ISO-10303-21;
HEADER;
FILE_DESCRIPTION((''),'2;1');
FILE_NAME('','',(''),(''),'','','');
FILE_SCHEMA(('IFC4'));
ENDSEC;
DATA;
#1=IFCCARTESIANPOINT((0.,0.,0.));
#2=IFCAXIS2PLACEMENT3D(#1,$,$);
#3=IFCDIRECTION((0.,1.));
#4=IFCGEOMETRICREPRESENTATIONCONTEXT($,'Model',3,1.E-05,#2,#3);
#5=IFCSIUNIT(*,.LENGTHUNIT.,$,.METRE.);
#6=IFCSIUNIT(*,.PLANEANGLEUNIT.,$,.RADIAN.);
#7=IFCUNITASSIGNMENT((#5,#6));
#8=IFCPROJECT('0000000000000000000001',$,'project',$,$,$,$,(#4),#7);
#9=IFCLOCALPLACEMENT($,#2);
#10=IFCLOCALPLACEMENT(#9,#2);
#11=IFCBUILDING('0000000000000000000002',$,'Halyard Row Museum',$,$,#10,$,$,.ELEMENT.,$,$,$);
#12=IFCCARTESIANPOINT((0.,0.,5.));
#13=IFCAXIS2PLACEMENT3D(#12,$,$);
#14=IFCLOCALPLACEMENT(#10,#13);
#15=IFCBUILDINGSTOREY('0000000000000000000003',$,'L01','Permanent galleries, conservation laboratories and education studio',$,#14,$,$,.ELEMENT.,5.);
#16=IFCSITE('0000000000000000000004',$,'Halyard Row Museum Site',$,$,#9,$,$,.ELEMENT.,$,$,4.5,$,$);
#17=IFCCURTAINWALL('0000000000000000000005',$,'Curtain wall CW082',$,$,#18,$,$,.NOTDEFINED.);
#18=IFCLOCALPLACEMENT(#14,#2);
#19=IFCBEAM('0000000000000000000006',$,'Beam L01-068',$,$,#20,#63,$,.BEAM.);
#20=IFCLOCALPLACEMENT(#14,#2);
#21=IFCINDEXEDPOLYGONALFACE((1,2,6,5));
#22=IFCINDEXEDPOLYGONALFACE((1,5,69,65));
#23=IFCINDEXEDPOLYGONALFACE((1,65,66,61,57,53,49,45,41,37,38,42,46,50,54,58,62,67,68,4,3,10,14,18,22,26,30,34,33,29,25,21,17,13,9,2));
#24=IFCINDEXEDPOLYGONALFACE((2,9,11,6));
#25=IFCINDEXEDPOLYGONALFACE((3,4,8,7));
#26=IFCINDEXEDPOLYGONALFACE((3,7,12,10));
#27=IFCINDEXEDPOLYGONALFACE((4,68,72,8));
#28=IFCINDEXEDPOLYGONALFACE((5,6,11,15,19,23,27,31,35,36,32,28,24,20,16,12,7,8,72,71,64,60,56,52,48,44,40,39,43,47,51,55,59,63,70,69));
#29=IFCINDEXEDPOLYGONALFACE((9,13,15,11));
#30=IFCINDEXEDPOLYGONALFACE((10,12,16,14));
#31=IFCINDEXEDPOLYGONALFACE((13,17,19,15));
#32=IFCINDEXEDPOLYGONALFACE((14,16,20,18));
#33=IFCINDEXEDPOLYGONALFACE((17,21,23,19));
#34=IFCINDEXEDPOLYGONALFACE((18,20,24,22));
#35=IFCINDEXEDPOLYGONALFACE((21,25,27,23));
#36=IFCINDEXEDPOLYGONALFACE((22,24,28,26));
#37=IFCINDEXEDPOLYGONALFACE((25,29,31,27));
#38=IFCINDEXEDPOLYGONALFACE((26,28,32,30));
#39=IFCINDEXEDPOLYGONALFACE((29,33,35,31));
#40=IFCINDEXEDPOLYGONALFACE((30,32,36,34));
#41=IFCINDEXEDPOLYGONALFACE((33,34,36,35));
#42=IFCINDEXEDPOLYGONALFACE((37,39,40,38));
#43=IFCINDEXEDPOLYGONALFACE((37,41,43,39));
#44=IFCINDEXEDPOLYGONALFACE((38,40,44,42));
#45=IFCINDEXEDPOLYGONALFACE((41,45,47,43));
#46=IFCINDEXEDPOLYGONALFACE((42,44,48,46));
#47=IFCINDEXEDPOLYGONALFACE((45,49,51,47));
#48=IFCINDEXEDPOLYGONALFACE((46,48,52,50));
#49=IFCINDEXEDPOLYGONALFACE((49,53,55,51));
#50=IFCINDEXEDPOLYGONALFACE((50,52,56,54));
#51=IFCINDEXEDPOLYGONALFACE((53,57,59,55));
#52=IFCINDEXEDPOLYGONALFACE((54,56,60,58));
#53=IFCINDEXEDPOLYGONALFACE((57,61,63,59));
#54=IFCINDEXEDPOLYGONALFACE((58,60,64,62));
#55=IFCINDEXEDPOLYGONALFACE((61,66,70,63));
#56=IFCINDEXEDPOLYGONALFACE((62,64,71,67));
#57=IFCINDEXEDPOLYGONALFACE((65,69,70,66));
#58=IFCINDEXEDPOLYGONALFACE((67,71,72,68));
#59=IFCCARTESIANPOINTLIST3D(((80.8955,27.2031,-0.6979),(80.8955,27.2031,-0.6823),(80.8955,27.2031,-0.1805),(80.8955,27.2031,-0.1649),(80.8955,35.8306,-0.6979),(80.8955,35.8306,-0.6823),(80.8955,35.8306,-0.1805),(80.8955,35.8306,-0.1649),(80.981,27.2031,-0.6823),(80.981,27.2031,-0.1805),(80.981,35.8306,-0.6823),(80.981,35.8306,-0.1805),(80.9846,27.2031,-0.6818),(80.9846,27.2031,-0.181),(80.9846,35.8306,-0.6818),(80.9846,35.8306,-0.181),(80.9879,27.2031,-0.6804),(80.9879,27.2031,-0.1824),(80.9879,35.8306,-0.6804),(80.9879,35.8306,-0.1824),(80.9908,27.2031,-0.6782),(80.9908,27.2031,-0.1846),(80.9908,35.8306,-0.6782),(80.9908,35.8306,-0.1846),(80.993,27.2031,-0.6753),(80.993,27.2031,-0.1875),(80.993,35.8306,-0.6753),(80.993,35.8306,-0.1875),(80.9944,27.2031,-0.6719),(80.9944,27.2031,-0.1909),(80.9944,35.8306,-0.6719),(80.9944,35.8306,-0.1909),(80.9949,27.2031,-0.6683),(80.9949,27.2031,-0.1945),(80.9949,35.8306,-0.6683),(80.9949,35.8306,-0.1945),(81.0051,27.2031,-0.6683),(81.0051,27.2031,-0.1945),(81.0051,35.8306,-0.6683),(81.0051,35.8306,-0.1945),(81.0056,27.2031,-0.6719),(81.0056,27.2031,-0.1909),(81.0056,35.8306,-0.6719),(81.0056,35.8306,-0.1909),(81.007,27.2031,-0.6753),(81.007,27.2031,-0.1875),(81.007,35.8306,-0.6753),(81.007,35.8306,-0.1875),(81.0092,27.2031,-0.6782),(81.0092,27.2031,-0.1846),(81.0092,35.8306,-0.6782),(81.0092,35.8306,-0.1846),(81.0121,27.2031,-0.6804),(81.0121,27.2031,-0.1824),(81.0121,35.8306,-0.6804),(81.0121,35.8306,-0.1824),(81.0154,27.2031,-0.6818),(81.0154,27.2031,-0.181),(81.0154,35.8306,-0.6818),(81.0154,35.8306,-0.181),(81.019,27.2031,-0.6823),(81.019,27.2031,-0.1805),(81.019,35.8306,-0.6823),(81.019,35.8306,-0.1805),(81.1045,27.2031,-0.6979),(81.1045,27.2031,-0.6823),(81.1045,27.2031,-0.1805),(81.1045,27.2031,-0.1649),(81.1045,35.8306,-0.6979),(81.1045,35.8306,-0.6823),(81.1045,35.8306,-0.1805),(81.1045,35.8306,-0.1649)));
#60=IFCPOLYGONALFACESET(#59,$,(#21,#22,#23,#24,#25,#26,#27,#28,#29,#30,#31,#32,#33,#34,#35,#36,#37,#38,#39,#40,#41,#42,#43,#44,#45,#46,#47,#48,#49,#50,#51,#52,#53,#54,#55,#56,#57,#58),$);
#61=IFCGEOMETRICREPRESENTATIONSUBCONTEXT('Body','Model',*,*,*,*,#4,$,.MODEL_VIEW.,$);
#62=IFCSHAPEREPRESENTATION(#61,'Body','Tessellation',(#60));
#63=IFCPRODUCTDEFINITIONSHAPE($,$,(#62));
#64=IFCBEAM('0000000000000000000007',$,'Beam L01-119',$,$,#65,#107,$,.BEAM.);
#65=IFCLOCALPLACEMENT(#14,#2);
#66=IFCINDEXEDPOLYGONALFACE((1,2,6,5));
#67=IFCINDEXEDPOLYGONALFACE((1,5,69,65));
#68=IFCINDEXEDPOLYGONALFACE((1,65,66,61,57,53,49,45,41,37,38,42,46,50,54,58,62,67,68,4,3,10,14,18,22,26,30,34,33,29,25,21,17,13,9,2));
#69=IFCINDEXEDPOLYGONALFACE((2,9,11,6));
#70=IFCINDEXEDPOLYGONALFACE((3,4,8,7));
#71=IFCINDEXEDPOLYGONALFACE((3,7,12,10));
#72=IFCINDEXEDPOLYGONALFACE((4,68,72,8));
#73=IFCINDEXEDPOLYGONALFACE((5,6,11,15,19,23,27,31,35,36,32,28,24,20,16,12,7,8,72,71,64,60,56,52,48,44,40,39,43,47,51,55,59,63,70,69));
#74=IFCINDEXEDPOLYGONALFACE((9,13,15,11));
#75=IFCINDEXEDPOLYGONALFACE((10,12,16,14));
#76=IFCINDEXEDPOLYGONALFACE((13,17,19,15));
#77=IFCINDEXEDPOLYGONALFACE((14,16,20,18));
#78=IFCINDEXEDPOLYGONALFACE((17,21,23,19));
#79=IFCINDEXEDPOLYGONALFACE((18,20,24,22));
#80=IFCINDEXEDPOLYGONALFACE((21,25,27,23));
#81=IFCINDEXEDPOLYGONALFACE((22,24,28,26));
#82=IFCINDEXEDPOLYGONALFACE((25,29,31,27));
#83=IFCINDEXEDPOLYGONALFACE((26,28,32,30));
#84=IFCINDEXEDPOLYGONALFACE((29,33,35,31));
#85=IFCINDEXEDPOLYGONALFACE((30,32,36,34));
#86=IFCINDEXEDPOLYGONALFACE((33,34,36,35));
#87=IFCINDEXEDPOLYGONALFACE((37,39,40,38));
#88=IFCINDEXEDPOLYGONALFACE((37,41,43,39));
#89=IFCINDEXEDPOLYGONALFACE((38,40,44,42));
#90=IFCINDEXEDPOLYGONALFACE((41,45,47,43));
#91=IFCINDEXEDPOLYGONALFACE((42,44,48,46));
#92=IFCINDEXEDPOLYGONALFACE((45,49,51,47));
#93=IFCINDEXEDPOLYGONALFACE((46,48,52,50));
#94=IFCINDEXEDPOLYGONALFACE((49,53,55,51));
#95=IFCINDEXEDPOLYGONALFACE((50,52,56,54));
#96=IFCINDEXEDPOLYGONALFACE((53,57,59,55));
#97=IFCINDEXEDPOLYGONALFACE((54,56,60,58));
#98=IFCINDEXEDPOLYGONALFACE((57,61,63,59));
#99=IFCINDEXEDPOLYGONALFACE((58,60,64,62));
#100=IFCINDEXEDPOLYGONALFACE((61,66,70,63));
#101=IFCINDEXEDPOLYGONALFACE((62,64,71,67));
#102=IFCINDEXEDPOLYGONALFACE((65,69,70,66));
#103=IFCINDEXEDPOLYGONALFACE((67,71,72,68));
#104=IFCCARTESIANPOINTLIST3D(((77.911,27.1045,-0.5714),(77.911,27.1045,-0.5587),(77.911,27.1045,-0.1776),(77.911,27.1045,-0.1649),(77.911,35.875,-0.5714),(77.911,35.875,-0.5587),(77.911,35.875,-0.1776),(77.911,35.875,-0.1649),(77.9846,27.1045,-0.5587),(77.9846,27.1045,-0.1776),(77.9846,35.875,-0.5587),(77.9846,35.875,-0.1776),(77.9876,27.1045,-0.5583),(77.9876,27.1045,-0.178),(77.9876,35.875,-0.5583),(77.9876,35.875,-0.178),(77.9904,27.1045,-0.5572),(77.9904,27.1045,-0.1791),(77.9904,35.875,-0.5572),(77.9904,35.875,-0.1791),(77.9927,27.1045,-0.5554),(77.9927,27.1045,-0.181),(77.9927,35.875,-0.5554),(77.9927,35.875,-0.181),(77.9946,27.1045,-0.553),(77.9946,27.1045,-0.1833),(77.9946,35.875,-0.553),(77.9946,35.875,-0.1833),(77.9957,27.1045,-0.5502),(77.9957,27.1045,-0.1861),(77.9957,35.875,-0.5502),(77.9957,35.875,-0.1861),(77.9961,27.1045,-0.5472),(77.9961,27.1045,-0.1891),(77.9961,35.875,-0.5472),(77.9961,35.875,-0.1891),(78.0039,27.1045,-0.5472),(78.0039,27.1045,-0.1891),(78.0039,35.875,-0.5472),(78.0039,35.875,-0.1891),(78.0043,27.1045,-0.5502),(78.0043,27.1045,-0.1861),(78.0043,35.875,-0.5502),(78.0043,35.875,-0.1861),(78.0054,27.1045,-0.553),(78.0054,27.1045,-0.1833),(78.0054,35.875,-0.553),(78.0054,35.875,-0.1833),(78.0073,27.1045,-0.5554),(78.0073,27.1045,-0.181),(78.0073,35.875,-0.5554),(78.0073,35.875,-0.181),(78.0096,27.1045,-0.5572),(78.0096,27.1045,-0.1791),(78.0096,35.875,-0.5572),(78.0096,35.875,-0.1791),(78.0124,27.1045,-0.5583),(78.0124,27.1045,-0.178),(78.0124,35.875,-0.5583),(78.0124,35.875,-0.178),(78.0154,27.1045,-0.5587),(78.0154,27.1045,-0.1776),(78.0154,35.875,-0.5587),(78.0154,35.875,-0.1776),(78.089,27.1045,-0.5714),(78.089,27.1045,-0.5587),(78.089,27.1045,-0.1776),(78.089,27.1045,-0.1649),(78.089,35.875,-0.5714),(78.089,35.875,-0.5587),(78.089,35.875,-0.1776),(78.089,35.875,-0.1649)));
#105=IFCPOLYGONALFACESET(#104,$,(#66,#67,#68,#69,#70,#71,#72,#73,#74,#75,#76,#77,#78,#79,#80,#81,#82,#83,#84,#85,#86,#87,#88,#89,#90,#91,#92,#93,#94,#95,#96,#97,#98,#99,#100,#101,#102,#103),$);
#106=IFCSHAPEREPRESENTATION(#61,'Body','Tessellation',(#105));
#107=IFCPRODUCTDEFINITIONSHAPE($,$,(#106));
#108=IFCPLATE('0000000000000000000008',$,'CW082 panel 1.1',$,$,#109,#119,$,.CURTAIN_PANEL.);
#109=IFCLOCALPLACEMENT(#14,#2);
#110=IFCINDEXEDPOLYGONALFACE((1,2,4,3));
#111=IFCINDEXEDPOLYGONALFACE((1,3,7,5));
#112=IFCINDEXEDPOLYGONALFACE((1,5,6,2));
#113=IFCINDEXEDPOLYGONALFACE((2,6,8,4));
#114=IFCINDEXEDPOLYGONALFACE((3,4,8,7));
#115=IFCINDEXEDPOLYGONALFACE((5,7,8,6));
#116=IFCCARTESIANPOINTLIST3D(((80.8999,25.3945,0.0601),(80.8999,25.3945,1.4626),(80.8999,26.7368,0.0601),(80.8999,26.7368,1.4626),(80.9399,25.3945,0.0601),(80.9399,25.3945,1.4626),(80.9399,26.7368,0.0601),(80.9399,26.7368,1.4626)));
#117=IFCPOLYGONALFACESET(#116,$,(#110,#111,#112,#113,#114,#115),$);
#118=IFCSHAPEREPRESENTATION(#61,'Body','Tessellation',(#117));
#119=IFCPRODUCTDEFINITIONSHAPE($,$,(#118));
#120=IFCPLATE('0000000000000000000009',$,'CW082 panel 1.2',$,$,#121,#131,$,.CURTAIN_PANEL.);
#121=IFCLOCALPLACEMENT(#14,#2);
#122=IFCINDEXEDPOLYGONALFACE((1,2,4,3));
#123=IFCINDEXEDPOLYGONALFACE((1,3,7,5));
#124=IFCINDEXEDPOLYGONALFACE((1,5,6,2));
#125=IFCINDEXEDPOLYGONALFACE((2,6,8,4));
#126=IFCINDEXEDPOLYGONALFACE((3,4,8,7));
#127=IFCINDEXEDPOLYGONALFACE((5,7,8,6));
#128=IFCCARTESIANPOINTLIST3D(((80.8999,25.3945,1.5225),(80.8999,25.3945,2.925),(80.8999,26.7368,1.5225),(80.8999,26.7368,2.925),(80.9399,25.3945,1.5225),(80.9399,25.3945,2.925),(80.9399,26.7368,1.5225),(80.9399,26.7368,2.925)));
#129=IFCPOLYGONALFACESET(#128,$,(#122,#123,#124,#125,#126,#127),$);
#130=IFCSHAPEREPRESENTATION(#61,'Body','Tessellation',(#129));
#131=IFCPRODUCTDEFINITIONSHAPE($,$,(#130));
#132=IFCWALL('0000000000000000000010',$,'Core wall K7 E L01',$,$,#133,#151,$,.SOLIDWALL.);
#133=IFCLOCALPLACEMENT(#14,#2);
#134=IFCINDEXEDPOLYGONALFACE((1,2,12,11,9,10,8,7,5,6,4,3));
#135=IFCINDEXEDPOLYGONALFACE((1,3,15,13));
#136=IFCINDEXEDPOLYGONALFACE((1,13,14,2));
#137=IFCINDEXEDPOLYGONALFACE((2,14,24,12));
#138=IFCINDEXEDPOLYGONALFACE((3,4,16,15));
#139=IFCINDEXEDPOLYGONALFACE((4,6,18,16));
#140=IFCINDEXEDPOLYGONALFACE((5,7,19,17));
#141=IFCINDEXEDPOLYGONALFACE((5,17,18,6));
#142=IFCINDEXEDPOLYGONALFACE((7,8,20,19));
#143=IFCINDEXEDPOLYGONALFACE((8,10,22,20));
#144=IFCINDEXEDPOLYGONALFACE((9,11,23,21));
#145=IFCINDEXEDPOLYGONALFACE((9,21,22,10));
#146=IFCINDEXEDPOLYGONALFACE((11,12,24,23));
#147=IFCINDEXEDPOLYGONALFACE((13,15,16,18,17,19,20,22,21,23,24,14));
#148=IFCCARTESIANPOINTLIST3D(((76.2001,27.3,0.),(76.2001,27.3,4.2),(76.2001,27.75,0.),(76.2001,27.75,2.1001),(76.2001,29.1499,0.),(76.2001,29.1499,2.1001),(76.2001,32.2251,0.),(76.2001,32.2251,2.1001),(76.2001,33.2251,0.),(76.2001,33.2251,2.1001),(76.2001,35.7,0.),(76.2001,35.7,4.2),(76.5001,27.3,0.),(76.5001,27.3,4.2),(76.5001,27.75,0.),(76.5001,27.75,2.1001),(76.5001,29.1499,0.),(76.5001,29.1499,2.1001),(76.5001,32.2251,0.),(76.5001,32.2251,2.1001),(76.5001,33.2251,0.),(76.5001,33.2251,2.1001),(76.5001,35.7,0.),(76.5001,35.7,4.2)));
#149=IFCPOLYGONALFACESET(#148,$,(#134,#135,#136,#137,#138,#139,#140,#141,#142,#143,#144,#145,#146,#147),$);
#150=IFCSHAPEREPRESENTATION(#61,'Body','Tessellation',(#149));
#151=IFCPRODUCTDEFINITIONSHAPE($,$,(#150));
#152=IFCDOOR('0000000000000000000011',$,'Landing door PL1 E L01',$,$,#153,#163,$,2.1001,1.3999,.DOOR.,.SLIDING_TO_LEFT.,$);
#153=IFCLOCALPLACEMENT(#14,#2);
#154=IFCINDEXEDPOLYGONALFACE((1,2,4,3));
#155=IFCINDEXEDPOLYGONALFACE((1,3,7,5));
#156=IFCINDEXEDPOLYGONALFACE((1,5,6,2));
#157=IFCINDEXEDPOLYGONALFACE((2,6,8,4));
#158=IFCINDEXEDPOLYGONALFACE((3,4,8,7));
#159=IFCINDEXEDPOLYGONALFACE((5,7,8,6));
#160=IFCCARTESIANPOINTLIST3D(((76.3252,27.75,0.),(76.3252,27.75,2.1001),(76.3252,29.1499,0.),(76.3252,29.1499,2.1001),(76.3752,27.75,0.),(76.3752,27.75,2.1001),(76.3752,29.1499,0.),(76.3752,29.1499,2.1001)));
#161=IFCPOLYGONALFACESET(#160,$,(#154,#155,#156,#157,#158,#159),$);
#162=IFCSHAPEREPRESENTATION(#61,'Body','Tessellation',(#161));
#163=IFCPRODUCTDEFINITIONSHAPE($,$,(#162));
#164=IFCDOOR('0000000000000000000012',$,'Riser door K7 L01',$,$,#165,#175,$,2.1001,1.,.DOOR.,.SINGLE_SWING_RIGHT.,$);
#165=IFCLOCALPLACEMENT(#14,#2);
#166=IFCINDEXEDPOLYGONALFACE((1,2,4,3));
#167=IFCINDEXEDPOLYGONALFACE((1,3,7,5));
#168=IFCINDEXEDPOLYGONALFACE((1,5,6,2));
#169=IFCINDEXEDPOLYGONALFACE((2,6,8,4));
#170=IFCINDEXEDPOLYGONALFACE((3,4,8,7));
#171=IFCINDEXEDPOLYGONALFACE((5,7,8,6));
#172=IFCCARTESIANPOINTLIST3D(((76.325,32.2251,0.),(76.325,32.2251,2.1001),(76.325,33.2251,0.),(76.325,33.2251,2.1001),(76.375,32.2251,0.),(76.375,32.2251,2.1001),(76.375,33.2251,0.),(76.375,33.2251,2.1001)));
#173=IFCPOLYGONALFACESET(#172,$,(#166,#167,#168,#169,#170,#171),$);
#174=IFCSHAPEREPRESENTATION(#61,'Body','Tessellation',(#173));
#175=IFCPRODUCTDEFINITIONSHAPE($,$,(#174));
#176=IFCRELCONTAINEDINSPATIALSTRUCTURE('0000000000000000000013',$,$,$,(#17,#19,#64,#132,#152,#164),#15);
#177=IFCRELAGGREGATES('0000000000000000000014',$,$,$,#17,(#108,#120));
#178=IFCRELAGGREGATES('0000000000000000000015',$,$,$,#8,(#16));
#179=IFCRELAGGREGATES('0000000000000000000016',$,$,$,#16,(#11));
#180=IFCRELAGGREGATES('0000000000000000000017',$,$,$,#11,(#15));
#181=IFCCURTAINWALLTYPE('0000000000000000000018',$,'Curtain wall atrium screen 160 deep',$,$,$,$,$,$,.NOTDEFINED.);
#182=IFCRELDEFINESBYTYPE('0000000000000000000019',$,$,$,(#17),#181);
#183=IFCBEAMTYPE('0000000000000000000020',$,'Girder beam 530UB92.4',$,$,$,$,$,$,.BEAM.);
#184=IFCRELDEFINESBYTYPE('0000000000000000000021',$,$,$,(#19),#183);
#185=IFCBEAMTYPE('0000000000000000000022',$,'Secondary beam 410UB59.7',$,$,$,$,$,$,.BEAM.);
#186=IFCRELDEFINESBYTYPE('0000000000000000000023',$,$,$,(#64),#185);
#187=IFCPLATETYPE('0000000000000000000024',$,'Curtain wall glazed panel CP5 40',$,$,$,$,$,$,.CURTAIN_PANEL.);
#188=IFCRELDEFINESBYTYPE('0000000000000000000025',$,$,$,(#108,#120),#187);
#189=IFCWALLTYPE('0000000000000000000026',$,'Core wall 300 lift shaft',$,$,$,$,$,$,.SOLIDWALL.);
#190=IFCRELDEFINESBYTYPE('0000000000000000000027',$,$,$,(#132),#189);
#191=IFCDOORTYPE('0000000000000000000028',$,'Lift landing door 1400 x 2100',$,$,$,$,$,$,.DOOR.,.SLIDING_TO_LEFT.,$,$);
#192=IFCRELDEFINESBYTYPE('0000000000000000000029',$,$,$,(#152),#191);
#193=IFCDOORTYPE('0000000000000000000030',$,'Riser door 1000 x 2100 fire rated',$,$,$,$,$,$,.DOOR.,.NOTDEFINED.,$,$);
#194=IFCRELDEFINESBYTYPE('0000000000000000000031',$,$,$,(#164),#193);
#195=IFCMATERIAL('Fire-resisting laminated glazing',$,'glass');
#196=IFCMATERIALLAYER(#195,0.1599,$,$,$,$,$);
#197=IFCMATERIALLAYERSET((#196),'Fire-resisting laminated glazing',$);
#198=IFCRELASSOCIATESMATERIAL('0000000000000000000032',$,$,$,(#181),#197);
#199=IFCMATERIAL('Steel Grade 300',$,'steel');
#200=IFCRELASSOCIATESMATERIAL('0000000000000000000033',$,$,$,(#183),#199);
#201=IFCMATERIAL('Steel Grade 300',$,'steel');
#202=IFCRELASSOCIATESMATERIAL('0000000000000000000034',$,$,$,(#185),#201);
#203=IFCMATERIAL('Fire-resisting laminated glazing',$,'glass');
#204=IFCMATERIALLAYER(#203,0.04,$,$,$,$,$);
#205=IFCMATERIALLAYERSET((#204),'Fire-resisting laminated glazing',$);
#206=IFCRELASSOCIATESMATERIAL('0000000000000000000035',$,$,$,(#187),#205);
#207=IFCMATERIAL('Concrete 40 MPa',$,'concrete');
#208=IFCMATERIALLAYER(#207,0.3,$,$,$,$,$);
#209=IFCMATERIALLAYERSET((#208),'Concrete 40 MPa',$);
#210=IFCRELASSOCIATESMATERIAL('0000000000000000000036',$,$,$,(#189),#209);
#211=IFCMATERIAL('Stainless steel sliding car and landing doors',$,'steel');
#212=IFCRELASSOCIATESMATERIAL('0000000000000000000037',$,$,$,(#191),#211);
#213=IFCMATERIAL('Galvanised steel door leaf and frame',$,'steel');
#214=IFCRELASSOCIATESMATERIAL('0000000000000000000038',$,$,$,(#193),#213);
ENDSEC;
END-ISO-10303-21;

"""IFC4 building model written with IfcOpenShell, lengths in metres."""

from ifc_helpers import new_model, si_unit, direction, frame, frame_2d, origin, origin_2d, place, context, subcontext, project, spatial, rectangle, i_section, extrude, material, layer, layer_set, material_profile, profile_set, type_object, element, fill, aggregate, save


model = new_model("IFC4")

# Units and contexts
model_context = context("Model", 3, precision=1e-05, world=origin(), true_north=direction((0.0, 1.0)))
body_context = subcontext(model_context, "Body", "Model", "MODEL_VIEW")
ifc_project = project(units=[si_unit("LENGTHUNIT", "METRE"), si_unit("PLANEANGLEUNIT", "RADIAN")], contexts=[model_context])

# Site, building, storey
site_placement = place(None, origin())
site = spatial("IfcSite", under=ifc_project, at=site_placement, Name="Halyard Row Museum Site", CompositionType="ELEMENT", RefElevation=4.5)
building_placement = place(site_placement, origin())
building = spatial("IfcBuilding", under=site, at=building_placement, Name="Halyard Row Museum", CompositionType="ELEMENT")
storey_placement = place(building_placement, frame((0.0, 0.0, 5.0)))
storey = spatial("IfcBuildingStorey", under=building, at=storey_placement, Name="L01", Description="Permanent galleries, conservation laboratories and education studio", CompositionType="ELEMENT", Elevation=5.0)

# Curtain wall
ifc_material_1 = material(Name="Fire-resisting laminated glazing", Category="glass")
ifc_layer_1 = layer(ifc_material_1, 0.1599)
ifc_layer_set_1 = layer_set([ifc_layer_1], Name="Fire-resisting laminated glazing")
curtain_wall_type = type_object("IfcCurtainWallType", Name="Curtain wall atrium screen 160 deep", PredefinedType="NOTDEFINED", material=ifc_layer_set_1)
curtain_wall_1_placement = place(storey_placement, origin())
curtain_wall_1 = element("IfcCurtainWall", 1, at=curtain_wall_1_placement, inside=storey, type_object=curtain_wall_type, Name="Curtain wall CW082", PredefinedType="NOTDEFINED")

# Beams
ifc_material_2 = material(Name="Steel Grade 300", Category="steel")
ifc_material_profile_1 = material_profile(ifc_material_2, i_section(OverallWidth=0.209, OverallDepth=0.533, WebThickness=0.0103, FlangeThickness=0.0156, FilletRadius=0.0139, at=origin_2d()), Name="530UB92.4")
ifc_profile_set_1 = profile_set([ifc_material_profile_1], Name="Steel Grade 300")
beam_type_1 = type_object("IfcBeamType", Name="Girder beam 530UB92.4", PredefinedType="BEAM", material=ifc_profile_set_1)
beam_1_placement = place(storey_placement, frame((81.0, 27.2031, -0.4314), z_axis=(0.0, 1.0, 0.0), x_axis=(-1.0, 0.0, 0.0)))
element("IfcBeam", 2, at=beam_1_placement, inside=storey, type_object=beam_type_1, Name="Beam L01-068", PredefinedType="BEAM", context=body_context, shape_type="SweptSolid", body=[
    extrude(i_section(OverallWidth=0.209, OverallDepth=0.533, WebThickness=0.0103, FlangeThickness=0.0156, FilletRadius=0.0139, at=origin_2d()), origin(), (0.0, 0.0, 1.0), 8.6274),
])
ifc_material_3 = material(Name="Steel Grade 300", Category="steel")
ifc_material_profile_2 = material_profile(ifc_material_3, i_section(OverallWidth=0.178, OverallDepth=0.4065, WebThickness=0.0078, FlangeThickness=0.0127, FilletRadius=0.0115, at=origin_2d()), Name="410UB59.7")
ifc_profile_set_2 = profile_set([ifc_material_profile_2], Name="Steel Grade 300")
beam_type_2 = type_object("IfcBeamType", Name="Secondary beam 410UB59.7", PredefinedType="BEAM", material=ifc_profile_set_2)
beam_2_placement = place(storey_placement, frame((78.0, 27.1045, -0.3682), z_axis=(0.0, 1.0, 0.0), x_axis=(-1.0, 0.0, 0.0)))
element("IfcBeam", 3, at=beam_2_placement, inside=storey, type_object=beam_type_2, Name="Beam L01-119", PredefinedType="BEAM", context=body_context, shape_type="SweptSolid", body=[
    extrude(i_section(OverallWidth=0.178, OverallDepth=0.4065, WebThickness=0.0078, FlangeThickness=0.0127, FilletRadius=0.0115, at=origin_2d()), origin(), (0.0, 0.0, 1.0), 8.7705),
])

# Plates
ifc_material_4 = material(Name="Fire-resisting laminated glazing", Category="glass")
ifc_layer_2 = layer(ifc_material_4, 0.04)
ifc_layer_set_2 = layer_set([ifc_layer_2], Name="Fire-resisting laminated glazing")
plate_type = type_object("IfcPlateType", Name="Curtain wall glazed panel CP5 40", PredefinedType="CURTAIN_PANEL", material=ifc_layer_set_2)
plate_1_placement = place(storey_placement, frame((80.9199, 26.0657, 0.0601), z_axis=(0.0, 0.0, 1.0), x_axis=(0.0, -1.0, 0.0)))
plate_1 = element("IfcPlate", 4, at=plate_1_placement, type_object=plate_type, Name="CW082 panel 1.1", PredefinedType="CURTAIN_PANEL", context=body_context, shape_type="SweptSolid", body=[
    extrude(rectangle(XDim=1.3423, YDim=0.04, at=origin_2d()), origin(), (0.0, 0.0, 1.0), 1.4026),
])
plate_2_placement = place(storey_placement, frame((80.9199, 26.0657, 1.5225), z_axis=(0.0, 0.0, 1.0), x_axis=(0.0, -1.0, 0.0)))
plate_2 = element("IfcPlate", 5, at=plate_2_placement, type_object=plate_type, Name="CW082 panel 1.2", PredefinedType="CURTAIN_PANEL", context=body_context, shape_type="SweptSolid", body=[
    extrude(rectangle(XDim=1.3423, YDim=0.04, at=origin_2d()), origin(), (0.0, 0.0, 1.0), 1.4026),
])
aggregate(curtain_wall_1, [plate_1, plate_2])

# Wall, openings, doors
ifc_material_5 = material(Name="Concrete 40 MPa", Category="concrete")
ifc_layer_3 = layer(ifc_material_5, 0.3)
ifc_layer_set_3 = layer_set([ifc_layer_3], Name="Concrete 40 MPa")
wall_type_1 = type_object("IfcWallType", Name="Core wall 300 lift shaft", PredefinedType="SOLIDWALL", material=ifc_layer_set_3)
wall_1_placement = place(storey_placement, frame((76.3501, 27.3, 0.0), z_axis=(0.0, 0.0, 1.0), x_axis=(0.0, 1.0, 0.0)))
wall_1 = element("IfcWall", 6, at=wall_1_placement, inside=storey, type_object=wall_type_1, Name="Core wall K7 E L01", PredefinedType="SOLIDWALL", context=body_context, shape_type="SweptSolid", body=[
    extrude(rectangle(XDim=8.3999, YDim=0.3, at=frame_2d((4.2, 0.0))), origin(), (0.0, 0.0, 1.0), 4.2),
])
opening_1_placement = place(wall_1_placement, frame((0.45, 0.0, 0.0)))
opening_1 = element("IfcOpeningElement", 7, at=opening_1_placement, cuts=wall_1, PredefinedType="OPENING", context=body_context, shape_type="SweptSolid", body=[
    extrude(rectangle(XDim=1.3999, YDim=2.1001, at=frame_2d((0.7, 1.05))), frame((0.0, 0.1599, 0.0), z_axis=(0.0, -1.0, 0.0), x_axis=(1.0, 0.0, 0.0)), (0.0, 0.0, 1.0), 0.3201),
])
opening_2_placement = place(wall_1_placement, frame((4.925, 0.0, 0.0)))
opening_2 = element("IfcOpeningElement", 8, at=opening_2_placement, cuts=wall_1, PredefinedType="OPENING", context=body_context, shape_type="SweptSolid", body=[
    extrude(rectangle(XDim=1.0, YDim=2.1001, at=frame_2d((0.5, 1.05))), frame((0.0, 0.1599, 0.0), z_axis=(0.0, -1.0, 0.0), x_axis=(1.0, 0.0, 0.0)), (0.0, 0.0, 1.0), 0.3201),
])
ifc_material_6 = material(Name="Stainless steel sliding car and landing doors", Category="steel")
door_type_1 = type_object("IfcDoorType", Name="Lift landing door 1400 x 2100", OperationType="SLIDING_TO_LEFT", PredefinedType="DOOR", material=ifc_material_6)
door_1_placement = place(opening_1_placement, origin())
door_1 = element("IfcDoor", 9, at=door_1_placement, inside=storey, type_object=door_type_1, Name="Landing door PL1 E L01", OperationType="SLIDING_TO_LEFT", OverallHeight=2.1001, OverallWidth=1.3999, PredefinedType="DOOR", context=body_context, shape_type="SweptSolid", body=[
    extrude(rectangle(XDim=1.3999, YDim=2.1001, at=frame_2d((0.7, 1.05))), frame((0.0, 0.0249, 0.0), z_axis=(0.0, -1.0, 0.0), x_axis=(1.0, 0.0, 0.0)), (0.0, 0.0, 1.0), 0.05),
])
fill(opening_1, door_1)
ifc_material_7 = material(Name="Galvanised steel door leaf and frame", Category="steel")
door_type_2 = type_object("IfcDoorType", Name="Riser door 1000 x 2100 fire rated", OperationType="NOTDEFINED", PredefinedType="DOOR", material=ifc_material_7)
door_2_placement = place(opening_2_placement, frame((1.0, 0.0, 0.0), z_axis=(0.0, 0.0, 1.0), x_axis=(-1.0, 0.0, 0.0)))
door_2 = element("IfcDoor", 10, at=door_2_placement, inside=storey, type_object=door_type_2, Name="Riser door K7 L01", OperationType="SINGLE_SWING_RIGHT", OverallHeight=2.1001, OverallWidth=1.0, PredefinedType="DOOR", context=body_context, shape_type="SweptSolid", body=[
    extrude(rectangle(XDim=1.0, YDim=2.1001, at=frame_2d((0.5, 1.05))), frame((0.0, 0.0249, 0.0), z_axis=(0.0, -1.0, 0.0), x_axis=(1.0, 0.0, 0.0)), (0.0, 0.0, 1.0), 0.05),
])
fill(opening_2, door_2)

save(model, "model.ifc")
